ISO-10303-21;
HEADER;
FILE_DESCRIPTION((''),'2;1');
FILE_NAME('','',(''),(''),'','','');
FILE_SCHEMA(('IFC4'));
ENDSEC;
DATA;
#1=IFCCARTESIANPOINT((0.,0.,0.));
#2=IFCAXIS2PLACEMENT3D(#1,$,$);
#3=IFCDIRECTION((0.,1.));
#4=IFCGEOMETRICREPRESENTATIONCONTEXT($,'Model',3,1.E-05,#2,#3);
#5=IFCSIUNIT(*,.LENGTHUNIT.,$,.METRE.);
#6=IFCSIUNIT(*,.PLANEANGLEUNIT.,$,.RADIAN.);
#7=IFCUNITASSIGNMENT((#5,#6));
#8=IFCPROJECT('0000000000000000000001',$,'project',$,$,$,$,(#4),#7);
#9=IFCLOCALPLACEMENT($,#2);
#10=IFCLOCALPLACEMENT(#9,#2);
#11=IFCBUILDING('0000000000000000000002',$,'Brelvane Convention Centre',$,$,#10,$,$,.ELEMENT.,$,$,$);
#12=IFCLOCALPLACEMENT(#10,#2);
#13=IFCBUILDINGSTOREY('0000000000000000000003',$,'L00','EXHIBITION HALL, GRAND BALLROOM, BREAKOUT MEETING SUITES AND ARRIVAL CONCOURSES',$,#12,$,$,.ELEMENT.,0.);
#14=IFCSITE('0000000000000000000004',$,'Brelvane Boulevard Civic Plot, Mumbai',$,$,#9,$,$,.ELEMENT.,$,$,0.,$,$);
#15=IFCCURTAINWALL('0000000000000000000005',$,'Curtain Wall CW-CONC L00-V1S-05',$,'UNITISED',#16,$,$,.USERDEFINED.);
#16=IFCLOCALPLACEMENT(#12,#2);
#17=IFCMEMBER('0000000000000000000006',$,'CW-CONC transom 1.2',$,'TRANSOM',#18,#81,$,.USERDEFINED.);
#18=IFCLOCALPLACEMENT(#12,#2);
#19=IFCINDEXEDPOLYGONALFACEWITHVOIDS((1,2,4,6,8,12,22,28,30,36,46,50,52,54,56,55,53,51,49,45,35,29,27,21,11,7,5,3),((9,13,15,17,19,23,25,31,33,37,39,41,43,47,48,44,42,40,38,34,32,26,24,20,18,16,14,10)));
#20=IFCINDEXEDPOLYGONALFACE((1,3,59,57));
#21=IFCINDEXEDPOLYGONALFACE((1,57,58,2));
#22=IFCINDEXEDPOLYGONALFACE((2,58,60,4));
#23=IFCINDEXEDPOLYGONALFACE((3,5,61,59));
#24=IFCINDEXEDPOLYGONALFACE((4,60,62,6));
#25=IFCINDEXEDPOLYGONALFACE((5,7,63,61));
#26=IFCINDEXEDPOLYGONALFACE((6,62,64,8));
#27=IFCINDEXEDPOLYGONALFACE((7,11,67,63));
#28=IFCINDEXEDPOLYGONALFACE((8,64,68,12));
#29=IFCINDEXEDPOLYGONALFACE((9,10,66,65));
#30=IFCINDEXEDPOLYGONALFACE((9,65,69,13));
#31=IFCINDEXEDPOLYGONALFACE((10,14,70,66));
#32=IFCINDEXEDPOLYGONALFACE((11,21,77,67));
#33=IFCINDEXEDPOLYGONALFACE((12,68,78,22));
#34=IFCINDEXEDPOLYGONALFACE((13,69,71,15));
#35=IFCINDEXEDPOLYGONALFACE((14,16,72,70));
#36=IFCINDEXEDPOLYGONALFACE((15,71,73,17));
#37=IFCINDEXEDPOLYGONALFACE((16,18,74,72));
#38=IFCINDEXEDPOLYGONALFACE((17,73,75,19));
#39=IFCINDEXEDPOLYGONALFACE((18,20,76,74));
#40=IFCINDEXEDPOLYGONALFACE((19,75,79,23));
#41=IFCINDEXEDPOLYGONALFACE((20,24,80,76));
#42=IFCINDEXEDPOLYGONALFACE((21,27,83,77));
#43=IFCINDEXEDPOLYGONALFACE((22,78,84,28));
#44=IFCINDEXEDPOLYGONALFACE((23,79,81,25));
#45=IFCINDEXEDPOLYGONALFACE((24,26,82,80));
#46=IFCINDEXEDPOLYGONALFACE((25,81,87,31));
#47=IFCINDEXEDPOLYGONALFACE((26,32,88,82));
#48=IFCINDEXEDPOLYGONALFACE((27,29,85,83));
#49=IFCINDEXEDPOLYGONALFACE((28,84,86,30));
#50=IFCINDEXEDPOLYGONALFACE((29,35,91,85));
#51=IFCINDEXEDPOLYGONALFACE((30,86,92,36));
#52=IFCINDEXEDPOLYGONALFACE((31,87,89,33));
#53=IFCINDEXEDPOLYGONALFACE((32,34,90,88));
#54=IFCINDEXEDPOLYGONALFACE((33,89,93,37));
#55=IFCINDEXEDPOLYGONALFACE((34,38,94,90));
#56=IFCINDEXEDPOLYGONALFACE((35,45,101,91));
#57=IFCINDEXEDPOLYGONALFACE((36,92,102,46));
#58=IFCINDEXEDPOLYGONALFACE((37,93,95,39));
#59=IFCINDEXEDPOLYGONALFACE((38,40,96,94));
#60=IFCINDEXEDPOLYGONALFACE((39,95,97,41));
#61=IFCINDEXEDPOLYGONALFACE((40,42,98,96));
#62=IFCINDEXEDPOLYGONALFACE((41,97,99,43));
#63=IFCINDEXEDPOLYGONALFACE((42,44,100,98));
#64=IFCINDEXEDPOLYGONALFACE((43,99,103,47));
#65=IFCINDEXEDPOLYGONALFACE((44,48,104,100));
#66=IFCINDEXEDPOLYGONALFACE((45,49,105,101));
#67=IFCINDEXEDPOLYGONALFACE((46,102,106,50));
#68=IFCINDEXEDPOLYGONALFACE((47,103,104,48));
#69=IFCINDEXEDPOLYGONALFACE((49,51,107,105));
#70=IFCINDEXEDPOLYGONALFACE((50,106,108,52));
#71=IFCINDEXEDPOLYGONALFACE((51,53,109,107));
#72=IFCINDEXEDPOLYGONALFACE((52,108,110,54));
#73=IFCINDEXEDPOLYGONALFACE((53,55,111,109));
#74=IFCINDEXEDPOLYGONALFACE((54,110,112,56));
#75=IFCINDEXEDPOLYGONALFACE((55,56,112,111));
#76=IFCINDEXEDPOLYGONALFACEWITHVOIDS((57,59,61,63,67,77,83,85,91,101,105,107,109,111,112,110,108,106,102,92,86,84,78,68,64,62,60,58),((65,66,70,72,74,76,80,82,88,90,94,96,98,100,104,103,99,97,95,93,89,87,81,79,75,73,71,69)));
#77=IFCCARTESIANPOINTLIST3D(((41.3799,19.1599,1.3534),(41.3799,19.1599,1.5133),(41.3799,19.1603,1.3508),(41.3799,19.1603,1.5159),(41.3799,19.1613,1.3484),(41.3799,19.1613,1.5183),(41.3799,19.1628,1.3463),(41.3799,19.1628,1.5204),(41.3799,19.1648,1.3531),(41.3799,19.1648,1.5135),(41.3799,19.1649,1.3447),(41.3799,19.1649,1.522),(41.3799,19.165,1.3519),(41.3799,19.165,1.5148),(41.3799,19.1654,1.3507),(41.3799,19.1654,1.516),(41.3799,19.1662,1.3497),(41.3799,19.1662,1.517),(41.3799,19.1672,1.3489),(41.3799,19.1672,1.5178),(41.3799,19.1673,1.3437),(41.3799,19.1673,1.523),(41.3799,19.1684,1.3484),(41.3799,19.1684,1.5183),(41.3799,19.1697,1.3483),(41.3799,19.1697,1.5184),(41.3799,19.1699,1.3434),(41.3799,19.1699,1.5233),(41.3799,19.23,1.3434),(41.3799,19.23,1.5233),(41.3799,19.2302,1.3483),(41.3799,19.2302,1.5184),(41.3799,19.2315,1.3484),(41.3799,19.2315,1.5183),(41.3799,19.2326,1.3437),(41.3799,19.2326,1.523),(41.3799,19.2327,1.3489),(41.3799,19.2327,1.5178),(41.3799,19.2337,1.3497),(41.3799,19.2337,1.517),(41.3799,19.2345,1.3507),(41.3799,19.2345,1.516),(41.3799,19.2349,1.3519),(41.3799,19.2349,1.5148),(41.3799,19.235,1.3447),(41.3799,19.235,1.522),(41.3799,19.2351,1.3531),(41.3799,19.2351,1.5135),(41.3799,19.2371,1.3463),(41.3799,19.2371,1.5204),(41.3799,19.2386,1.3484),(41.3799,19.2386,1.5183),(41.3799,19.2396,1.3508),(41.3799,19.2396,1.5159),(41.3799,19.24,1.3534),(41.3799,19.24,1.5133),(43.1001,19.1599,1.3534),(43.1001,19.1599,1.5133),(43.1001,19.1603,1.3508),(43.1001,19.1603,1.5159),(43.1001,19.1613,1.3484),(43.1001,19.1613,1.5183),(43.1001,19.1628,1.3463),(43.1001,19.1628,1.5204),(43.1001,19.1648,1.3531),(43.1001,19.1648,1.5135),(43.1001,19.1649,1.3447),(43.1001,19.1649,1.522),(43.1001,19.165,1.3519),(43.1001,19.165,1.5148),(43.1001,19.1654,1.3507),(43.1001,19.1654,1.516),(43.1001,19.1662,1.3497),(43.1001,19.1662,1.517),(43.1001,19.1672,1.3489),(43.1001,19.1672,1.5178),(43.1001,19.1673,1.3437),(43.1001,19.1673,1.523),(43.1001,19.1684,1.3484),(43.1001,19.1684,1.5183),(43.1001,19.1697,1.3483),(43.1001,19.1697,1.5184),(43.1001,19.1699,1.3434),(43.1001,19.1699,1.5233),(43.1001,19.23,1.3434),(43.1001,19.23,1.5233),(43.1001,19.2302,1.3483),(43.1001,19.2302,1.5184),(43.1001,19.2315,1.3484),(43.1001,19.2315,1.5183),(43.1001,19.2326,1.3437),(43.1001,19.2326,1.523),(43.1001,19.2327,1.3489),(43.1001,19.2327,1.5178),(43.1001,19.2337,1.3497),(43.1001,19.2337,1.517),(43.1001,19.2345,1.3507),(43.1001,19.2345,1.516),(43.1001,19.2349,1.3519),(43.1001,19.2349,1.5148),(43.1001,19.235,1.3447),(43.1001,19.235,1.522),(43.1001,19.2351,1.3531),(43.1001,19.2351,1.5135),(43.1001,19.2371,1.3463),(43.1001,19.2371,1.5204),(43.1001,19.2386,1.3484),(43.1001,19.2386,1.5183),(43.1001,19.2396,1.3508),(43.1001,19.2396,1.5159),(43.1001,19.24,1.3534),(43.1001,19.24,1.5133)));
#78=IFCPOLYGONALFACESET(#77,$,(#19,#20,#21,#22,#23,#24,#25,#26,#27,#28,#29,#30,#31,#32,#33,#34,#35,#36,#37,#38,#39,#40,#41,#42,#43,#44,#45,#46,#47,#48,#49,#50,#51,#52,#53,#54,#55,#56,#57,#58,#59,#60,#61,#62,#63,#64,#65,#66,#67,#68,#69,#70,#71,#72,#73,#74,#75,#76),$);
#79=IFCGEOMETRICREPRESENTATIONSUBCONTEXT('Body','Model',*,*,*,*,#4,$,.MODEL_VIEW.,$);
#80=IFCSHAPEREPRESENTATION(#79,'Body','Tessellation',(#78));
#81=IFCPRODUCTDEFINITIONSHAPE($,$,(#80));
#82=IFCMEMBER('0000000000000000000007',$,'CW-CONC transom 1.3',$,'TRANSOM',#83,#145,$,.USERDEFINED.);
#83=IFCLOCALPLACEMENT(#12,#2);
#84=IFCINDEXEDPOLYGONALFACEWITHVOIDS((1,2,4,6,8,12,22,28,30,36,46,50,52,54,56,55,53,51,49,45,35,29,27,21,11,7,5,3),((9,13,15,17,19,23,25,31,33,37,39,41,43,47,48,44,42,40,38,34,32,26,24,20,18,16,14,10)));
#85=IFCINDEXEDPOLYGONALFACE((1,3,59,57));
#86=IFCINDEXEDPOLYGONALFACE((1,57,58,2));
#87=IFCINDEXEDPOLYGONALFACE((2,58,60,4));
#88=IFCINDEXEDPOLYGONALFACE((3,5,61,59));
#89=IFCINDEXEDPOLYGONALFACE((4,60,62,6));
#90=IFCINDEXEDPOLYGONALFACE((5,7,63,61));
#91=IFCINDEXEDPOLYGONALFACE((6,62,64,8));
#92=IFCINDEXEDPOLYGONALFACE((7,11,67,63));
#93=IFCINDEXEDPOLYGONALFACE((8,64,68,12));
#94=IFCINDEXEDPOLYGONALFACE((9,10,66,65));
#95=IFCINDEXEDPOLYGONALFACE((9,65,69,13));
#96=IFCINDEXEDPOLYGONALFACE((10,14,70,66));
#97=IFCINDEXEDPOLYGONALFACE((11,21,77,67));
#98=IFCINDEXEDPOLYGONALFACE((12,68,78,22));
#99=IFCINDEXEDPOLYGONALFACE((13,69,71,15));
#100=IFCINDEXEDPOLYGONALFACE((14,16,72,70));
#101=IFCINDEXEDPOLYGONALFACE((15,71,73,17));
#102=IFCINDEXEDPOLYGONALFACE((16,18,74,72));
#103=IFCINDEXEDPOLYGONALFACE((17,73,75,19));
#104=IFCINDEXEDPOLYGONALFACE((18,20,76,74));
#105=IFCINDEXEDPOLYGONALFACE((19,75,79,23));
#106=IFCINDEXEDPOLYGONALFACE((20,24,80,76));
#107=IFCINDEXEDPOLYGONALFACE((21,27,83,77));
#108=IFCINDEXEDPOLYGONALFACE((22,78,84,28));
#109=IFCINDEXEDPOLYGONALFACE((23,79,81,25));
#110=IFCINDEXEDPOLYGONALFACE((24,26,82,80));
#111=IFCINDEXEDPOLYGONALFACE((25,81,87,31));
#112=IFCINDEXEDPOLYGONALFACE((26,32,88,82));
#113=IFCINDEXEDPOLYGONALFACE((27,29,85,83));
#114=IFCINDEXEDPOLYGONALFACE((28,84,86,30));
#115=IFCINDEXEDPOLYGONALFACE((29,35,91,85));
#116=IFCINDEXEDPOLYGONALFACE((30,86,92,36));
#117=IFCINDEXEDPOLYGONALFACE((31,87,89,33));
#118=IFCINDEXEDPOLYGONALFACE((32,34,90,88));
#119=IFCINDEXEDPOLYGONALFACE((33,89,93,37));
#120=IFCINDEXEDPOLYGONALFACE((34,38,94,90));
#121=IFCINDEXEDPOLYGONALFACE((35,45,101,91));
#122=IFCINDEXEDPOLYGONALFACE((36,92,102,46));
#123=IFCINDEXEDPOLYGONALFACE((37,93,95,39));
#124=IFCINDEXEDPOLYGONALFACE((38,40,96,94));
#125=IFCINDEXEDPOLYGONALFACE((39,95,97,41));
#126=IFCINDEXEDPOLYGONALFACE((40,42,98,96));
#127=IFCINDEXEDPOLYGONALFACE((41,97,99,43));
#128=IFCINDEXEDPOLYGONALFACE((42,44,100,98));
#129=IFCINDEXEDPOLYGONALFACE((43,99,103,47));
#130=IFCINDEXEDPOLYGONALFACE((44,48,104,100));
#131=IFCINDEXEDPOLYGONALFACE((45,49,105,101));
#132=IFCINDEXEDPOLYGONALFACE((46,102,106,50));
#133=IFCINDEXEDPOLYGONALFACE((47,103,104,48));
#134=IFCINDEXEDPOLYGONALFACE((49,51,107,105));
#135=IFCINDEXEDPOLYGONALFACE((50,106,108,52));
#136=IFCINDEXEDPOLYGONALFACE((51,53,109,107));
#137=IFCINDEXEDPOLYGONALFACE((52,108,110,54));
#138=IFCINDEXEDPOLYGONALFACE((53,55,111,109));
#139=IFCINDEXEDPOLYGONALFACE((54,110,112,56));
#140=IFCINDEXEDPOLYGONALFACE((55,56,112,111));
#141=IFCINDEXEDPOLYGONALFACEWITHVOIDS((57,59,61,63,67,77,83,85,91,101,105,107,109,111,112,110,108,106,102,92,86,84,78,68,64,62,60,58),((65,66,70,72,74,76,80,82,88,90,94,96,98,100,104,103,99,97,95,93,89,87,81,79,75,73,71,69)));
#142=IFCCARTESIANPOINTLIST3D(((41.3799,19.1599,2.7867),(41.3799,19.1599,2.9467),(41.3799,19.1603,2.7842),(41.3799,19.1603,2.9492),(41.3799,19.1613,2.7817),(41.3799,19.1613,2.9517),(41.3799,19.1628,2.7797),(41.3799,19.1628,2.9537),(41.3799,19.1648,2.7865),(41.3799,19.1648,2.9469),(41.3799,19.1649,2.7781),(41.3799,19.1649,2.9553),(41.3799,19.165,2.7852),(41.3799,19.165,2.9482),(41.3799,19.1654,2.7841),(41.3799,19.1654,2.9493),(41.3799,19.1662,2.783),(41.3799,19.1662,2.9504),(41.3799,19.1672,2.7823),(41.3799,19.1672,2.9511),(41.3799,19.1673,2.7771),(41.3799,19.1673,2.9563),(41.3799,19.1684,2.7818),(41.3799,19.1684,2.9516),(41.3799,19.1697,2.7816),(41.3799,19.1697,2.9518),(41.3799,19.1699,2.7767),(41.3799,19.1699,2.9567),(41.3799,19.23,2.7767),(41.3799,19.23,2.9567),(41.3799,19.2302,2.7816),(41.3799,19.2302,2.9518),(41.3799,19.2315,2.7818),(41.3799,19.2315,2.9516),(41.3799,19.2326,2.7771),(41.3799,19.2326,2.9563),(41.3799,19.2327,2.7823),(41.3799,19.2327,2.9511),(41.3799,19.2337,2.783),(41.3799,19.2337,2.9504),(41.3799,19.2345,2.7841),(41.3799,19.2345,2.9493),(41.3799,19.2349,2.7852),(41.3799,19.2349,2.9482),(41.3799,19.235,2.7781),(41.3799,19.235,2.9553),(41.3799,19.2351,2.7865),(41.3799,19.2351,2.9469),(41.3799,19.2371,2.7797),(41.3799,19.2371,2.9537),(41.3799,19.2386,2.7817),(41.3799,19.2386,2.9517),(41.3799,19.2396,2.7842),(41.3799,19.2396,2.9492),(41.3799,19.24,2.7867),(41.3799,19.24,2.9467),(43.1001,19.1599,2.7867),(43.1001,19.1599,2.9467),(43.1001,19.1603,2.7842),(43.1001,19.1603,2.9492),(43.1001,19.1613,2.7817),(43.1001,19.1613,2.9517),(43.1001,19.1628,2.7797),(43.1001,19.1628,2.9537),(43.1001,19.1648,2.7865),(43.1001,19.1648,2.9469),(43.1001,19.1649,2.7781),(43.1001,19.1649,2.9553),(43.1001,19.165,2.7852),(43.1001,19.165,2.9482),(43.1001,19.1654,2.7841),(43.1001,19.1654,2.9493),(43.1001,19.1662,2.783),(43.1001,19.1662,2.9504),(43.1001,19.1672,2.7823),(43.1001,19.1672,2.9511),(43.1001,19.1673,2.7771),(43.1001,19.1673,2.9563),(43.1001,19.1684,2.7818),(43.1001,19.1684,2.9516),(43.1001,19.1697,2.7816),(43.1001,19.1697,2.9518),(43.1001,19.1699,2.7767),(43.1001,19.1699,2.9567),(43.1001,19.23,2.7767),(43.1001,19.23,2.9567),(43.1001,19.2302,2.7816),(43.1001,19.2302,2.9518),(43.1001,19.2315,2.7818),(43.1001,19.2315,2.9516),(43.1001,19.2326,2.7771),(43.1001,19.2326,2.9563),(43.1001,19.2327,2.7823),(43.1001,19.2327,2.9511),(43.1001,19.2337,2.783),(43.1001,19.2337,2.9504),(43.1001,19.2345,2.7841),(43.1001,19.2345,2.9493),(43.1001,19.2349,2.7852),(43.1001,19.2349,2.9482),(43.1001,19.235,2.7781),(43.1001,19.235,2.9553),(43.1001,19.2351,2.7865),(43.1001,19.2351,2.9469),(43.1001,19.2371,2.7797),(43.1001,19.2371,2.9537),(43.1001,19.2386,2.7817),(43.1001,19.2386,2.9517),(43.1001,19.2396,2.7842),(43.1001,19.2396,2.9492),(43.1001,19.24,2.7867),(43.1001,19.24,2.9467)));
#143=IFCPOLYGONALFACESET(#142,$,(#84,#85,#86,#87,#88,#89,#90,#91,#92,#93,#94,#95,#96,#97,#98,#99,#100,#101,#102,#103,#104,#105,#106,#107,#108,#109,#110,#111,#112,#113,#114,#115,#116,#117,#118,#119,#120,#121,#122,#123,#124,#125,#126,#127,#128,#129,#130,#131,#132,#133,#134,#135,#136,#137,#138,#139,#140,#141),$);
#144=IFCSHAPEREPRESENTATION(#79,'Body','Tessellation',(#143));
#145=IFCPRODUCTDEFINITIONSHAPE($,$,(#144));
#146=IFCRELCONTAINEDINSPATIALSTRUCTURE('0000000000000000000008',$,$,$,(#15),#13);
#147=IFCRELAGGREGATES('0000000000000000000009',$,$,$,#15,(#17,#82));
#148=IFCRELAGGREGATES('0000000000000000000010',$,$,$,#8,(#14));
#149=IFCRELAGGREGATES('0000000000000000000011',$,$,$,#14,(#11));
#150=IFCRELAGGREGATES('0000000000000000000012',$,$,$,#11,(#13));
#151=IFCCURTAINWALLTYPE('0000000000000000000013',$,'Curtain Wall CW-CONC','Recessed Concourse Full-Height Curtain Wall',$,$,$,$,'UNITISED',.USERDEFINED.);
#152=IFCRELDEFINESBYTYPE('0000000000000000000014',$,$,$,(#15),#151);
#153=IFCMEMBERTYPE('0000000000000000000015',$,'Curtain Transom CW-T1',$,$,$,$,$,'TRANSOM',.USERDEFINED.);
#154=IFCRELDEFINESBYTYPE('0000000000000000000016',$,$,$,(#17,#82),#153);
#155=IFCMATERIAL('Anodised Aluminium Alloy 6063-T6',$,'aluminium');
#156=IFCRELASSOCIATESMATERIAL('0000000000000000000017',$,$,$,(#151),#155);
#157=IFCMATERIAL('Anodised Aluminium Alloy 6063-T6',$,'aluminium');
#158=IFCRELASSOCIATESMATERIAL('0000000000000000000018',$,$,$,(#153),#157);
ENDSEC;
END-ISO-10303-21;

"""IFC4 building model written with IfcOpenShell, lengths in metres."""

from ifc_helpers import new_model, si_unit, direction, frame, origin, origin_2d, place, context, subcontext, project, spatial, hollow_rectangle, extrude, material, material_profile, profile_set, type_object, element, aggregate, save


model = new_model("IFC4")

# Units and contexts
model_context = context("Model", 3, precision=1e-05, world=origin(), true_north=direction((0.0, 1.0)))
body_context = subcontext(model_context, "Body", "Model", "MODEL_VIEW")
ifc_project = project(units=[si_unit("LENGTHUNIT", "METRE"), si_unit("PLANEANGLEUNIT", "RADIAN")], contexts=[model_context])

# Site, building, storey
site_placement = place(None, origin())
site = spatial("IfcSite", under=ifc_project, at=site_placement, Name="Brelvane Boulevard Civic Plot, Mumbai", CompositionType="ELEMENT", RefElevation=0.0)
building_placement = place(site_placement, origin())
building = spatial("IfcBuilding", under=site, at=building_placement, Name="Brelvane Convention Centre", CompositionType="ELEMENT")
storey_placement = place(building_placement, origin())
storey = spatial("IfcBuildingStorey", under=building, at=storey_placement, Name="L00", Description="EXHIBITION HALL, GRAND BALLROOM, BREAKOUT MEETING SUITES AND ARRIVAL CONCOURSES", CompositionType="ELEMENT", Elevation=0.0)

# Curtain wall, members
ifc_material_1 = material(Name="Anodised Aluminium Alloy 6063-T6", Category="aluminium")
curtain_wall_type = type_object("IfcCurtainWallType", Name="Curtain Wall CW-CONC", Description="Recessed Concourse Full-Height Curtain Wall", ElementType="UNITISED", PredefinedType="USERDEFINED", material=ifc_material_1)
curtain_wall_placement = place(storey_placement, origin())
curtain_wall = element("IfcCurtainWall", 1, at=curtain_wall_placement, inside=storey, type_object=curtain_wall_type, Name="Curtain Wall CW-CONC L00-V1S-05", ObjectType="UNITISED", PredefinedType="USERDEFINED")
ifc_material_2 = material(Name="Anodised Aluminium Alloy 6063-T6", Category="aluminium")
ifc_material_profile_1 = material_profile(ifc_material_2, hollow_rectangle(XDim=0.0801, YDim=0.1799, WallThickness=0.0049, InnerFilletRadius=0.0049, OuterFilletRadius=0.01, at=origin_2d()), Name="ALU-T 180x80x5.0")
ifc_profile_set_1 = profile_set([ifc_material_profile_1], Name="Anodised Aluminium Alloy 6063-T6")
member_type_1 = type_object("IfcMemberType", Name="Curtain Transom CW-T1", ElementType="TRANSOM", PredefinedType="USERDEFINED", material=ifc_profile_set_1)
member_1_placement = place(storey_placement, frame((41.3799, 19.2, 1.4333), z_axis=(1.0, 0.0, 0.0), x_axis=(0.0, 1.0, 0.0)))
member_1 = element("IfcMember", 2, at=member_1_placement, type_object=member_type_1, Name="CW-CONC transom 1.2", ObjectType="TRANSOM", PredefinedType="USERDEFINED", context=body_context, shape_type="SweptSolid", body=[
    extrude(hollow_rectangle(XDim=0.0801, YDim=0.1799, WallThickness=0.0049, InnerFilletRadius=0.0049, OuterFilletRadius=0.01, at=origin_2d()), origin(), (0.0, 0.0, 1.0), 1.7202),
])
member_2_placement = place(storey_placement, frame((41.3799, 19.2, 2.8667), z_axis=(1.0, 0.0, 0.0), x_axis=(0.0, 1.0, 0.0)))
member_2 = element("IfcMember", 3, at=member_2_placement, type_object=member_type_1, Name="CW-CONC transom 1.3", ObjectType="TRANSOM", PredefinedType="USERDEFINED", context=body_context, shape_type="SweptSolid", body=[
    extrude(hollow_rectangle(XDim=0.0801, YDim=0.1799, WallThickness=0.0049, InnerFilletRadius=0.0049, OuterFilletRadius=0.01, at=origin_2d()), origin(), (0.0, 0.0, 1.0), 1.7202),
])
aggregate(curtain_wall, [member_1, member_2])

save(model, "model.ifc")
